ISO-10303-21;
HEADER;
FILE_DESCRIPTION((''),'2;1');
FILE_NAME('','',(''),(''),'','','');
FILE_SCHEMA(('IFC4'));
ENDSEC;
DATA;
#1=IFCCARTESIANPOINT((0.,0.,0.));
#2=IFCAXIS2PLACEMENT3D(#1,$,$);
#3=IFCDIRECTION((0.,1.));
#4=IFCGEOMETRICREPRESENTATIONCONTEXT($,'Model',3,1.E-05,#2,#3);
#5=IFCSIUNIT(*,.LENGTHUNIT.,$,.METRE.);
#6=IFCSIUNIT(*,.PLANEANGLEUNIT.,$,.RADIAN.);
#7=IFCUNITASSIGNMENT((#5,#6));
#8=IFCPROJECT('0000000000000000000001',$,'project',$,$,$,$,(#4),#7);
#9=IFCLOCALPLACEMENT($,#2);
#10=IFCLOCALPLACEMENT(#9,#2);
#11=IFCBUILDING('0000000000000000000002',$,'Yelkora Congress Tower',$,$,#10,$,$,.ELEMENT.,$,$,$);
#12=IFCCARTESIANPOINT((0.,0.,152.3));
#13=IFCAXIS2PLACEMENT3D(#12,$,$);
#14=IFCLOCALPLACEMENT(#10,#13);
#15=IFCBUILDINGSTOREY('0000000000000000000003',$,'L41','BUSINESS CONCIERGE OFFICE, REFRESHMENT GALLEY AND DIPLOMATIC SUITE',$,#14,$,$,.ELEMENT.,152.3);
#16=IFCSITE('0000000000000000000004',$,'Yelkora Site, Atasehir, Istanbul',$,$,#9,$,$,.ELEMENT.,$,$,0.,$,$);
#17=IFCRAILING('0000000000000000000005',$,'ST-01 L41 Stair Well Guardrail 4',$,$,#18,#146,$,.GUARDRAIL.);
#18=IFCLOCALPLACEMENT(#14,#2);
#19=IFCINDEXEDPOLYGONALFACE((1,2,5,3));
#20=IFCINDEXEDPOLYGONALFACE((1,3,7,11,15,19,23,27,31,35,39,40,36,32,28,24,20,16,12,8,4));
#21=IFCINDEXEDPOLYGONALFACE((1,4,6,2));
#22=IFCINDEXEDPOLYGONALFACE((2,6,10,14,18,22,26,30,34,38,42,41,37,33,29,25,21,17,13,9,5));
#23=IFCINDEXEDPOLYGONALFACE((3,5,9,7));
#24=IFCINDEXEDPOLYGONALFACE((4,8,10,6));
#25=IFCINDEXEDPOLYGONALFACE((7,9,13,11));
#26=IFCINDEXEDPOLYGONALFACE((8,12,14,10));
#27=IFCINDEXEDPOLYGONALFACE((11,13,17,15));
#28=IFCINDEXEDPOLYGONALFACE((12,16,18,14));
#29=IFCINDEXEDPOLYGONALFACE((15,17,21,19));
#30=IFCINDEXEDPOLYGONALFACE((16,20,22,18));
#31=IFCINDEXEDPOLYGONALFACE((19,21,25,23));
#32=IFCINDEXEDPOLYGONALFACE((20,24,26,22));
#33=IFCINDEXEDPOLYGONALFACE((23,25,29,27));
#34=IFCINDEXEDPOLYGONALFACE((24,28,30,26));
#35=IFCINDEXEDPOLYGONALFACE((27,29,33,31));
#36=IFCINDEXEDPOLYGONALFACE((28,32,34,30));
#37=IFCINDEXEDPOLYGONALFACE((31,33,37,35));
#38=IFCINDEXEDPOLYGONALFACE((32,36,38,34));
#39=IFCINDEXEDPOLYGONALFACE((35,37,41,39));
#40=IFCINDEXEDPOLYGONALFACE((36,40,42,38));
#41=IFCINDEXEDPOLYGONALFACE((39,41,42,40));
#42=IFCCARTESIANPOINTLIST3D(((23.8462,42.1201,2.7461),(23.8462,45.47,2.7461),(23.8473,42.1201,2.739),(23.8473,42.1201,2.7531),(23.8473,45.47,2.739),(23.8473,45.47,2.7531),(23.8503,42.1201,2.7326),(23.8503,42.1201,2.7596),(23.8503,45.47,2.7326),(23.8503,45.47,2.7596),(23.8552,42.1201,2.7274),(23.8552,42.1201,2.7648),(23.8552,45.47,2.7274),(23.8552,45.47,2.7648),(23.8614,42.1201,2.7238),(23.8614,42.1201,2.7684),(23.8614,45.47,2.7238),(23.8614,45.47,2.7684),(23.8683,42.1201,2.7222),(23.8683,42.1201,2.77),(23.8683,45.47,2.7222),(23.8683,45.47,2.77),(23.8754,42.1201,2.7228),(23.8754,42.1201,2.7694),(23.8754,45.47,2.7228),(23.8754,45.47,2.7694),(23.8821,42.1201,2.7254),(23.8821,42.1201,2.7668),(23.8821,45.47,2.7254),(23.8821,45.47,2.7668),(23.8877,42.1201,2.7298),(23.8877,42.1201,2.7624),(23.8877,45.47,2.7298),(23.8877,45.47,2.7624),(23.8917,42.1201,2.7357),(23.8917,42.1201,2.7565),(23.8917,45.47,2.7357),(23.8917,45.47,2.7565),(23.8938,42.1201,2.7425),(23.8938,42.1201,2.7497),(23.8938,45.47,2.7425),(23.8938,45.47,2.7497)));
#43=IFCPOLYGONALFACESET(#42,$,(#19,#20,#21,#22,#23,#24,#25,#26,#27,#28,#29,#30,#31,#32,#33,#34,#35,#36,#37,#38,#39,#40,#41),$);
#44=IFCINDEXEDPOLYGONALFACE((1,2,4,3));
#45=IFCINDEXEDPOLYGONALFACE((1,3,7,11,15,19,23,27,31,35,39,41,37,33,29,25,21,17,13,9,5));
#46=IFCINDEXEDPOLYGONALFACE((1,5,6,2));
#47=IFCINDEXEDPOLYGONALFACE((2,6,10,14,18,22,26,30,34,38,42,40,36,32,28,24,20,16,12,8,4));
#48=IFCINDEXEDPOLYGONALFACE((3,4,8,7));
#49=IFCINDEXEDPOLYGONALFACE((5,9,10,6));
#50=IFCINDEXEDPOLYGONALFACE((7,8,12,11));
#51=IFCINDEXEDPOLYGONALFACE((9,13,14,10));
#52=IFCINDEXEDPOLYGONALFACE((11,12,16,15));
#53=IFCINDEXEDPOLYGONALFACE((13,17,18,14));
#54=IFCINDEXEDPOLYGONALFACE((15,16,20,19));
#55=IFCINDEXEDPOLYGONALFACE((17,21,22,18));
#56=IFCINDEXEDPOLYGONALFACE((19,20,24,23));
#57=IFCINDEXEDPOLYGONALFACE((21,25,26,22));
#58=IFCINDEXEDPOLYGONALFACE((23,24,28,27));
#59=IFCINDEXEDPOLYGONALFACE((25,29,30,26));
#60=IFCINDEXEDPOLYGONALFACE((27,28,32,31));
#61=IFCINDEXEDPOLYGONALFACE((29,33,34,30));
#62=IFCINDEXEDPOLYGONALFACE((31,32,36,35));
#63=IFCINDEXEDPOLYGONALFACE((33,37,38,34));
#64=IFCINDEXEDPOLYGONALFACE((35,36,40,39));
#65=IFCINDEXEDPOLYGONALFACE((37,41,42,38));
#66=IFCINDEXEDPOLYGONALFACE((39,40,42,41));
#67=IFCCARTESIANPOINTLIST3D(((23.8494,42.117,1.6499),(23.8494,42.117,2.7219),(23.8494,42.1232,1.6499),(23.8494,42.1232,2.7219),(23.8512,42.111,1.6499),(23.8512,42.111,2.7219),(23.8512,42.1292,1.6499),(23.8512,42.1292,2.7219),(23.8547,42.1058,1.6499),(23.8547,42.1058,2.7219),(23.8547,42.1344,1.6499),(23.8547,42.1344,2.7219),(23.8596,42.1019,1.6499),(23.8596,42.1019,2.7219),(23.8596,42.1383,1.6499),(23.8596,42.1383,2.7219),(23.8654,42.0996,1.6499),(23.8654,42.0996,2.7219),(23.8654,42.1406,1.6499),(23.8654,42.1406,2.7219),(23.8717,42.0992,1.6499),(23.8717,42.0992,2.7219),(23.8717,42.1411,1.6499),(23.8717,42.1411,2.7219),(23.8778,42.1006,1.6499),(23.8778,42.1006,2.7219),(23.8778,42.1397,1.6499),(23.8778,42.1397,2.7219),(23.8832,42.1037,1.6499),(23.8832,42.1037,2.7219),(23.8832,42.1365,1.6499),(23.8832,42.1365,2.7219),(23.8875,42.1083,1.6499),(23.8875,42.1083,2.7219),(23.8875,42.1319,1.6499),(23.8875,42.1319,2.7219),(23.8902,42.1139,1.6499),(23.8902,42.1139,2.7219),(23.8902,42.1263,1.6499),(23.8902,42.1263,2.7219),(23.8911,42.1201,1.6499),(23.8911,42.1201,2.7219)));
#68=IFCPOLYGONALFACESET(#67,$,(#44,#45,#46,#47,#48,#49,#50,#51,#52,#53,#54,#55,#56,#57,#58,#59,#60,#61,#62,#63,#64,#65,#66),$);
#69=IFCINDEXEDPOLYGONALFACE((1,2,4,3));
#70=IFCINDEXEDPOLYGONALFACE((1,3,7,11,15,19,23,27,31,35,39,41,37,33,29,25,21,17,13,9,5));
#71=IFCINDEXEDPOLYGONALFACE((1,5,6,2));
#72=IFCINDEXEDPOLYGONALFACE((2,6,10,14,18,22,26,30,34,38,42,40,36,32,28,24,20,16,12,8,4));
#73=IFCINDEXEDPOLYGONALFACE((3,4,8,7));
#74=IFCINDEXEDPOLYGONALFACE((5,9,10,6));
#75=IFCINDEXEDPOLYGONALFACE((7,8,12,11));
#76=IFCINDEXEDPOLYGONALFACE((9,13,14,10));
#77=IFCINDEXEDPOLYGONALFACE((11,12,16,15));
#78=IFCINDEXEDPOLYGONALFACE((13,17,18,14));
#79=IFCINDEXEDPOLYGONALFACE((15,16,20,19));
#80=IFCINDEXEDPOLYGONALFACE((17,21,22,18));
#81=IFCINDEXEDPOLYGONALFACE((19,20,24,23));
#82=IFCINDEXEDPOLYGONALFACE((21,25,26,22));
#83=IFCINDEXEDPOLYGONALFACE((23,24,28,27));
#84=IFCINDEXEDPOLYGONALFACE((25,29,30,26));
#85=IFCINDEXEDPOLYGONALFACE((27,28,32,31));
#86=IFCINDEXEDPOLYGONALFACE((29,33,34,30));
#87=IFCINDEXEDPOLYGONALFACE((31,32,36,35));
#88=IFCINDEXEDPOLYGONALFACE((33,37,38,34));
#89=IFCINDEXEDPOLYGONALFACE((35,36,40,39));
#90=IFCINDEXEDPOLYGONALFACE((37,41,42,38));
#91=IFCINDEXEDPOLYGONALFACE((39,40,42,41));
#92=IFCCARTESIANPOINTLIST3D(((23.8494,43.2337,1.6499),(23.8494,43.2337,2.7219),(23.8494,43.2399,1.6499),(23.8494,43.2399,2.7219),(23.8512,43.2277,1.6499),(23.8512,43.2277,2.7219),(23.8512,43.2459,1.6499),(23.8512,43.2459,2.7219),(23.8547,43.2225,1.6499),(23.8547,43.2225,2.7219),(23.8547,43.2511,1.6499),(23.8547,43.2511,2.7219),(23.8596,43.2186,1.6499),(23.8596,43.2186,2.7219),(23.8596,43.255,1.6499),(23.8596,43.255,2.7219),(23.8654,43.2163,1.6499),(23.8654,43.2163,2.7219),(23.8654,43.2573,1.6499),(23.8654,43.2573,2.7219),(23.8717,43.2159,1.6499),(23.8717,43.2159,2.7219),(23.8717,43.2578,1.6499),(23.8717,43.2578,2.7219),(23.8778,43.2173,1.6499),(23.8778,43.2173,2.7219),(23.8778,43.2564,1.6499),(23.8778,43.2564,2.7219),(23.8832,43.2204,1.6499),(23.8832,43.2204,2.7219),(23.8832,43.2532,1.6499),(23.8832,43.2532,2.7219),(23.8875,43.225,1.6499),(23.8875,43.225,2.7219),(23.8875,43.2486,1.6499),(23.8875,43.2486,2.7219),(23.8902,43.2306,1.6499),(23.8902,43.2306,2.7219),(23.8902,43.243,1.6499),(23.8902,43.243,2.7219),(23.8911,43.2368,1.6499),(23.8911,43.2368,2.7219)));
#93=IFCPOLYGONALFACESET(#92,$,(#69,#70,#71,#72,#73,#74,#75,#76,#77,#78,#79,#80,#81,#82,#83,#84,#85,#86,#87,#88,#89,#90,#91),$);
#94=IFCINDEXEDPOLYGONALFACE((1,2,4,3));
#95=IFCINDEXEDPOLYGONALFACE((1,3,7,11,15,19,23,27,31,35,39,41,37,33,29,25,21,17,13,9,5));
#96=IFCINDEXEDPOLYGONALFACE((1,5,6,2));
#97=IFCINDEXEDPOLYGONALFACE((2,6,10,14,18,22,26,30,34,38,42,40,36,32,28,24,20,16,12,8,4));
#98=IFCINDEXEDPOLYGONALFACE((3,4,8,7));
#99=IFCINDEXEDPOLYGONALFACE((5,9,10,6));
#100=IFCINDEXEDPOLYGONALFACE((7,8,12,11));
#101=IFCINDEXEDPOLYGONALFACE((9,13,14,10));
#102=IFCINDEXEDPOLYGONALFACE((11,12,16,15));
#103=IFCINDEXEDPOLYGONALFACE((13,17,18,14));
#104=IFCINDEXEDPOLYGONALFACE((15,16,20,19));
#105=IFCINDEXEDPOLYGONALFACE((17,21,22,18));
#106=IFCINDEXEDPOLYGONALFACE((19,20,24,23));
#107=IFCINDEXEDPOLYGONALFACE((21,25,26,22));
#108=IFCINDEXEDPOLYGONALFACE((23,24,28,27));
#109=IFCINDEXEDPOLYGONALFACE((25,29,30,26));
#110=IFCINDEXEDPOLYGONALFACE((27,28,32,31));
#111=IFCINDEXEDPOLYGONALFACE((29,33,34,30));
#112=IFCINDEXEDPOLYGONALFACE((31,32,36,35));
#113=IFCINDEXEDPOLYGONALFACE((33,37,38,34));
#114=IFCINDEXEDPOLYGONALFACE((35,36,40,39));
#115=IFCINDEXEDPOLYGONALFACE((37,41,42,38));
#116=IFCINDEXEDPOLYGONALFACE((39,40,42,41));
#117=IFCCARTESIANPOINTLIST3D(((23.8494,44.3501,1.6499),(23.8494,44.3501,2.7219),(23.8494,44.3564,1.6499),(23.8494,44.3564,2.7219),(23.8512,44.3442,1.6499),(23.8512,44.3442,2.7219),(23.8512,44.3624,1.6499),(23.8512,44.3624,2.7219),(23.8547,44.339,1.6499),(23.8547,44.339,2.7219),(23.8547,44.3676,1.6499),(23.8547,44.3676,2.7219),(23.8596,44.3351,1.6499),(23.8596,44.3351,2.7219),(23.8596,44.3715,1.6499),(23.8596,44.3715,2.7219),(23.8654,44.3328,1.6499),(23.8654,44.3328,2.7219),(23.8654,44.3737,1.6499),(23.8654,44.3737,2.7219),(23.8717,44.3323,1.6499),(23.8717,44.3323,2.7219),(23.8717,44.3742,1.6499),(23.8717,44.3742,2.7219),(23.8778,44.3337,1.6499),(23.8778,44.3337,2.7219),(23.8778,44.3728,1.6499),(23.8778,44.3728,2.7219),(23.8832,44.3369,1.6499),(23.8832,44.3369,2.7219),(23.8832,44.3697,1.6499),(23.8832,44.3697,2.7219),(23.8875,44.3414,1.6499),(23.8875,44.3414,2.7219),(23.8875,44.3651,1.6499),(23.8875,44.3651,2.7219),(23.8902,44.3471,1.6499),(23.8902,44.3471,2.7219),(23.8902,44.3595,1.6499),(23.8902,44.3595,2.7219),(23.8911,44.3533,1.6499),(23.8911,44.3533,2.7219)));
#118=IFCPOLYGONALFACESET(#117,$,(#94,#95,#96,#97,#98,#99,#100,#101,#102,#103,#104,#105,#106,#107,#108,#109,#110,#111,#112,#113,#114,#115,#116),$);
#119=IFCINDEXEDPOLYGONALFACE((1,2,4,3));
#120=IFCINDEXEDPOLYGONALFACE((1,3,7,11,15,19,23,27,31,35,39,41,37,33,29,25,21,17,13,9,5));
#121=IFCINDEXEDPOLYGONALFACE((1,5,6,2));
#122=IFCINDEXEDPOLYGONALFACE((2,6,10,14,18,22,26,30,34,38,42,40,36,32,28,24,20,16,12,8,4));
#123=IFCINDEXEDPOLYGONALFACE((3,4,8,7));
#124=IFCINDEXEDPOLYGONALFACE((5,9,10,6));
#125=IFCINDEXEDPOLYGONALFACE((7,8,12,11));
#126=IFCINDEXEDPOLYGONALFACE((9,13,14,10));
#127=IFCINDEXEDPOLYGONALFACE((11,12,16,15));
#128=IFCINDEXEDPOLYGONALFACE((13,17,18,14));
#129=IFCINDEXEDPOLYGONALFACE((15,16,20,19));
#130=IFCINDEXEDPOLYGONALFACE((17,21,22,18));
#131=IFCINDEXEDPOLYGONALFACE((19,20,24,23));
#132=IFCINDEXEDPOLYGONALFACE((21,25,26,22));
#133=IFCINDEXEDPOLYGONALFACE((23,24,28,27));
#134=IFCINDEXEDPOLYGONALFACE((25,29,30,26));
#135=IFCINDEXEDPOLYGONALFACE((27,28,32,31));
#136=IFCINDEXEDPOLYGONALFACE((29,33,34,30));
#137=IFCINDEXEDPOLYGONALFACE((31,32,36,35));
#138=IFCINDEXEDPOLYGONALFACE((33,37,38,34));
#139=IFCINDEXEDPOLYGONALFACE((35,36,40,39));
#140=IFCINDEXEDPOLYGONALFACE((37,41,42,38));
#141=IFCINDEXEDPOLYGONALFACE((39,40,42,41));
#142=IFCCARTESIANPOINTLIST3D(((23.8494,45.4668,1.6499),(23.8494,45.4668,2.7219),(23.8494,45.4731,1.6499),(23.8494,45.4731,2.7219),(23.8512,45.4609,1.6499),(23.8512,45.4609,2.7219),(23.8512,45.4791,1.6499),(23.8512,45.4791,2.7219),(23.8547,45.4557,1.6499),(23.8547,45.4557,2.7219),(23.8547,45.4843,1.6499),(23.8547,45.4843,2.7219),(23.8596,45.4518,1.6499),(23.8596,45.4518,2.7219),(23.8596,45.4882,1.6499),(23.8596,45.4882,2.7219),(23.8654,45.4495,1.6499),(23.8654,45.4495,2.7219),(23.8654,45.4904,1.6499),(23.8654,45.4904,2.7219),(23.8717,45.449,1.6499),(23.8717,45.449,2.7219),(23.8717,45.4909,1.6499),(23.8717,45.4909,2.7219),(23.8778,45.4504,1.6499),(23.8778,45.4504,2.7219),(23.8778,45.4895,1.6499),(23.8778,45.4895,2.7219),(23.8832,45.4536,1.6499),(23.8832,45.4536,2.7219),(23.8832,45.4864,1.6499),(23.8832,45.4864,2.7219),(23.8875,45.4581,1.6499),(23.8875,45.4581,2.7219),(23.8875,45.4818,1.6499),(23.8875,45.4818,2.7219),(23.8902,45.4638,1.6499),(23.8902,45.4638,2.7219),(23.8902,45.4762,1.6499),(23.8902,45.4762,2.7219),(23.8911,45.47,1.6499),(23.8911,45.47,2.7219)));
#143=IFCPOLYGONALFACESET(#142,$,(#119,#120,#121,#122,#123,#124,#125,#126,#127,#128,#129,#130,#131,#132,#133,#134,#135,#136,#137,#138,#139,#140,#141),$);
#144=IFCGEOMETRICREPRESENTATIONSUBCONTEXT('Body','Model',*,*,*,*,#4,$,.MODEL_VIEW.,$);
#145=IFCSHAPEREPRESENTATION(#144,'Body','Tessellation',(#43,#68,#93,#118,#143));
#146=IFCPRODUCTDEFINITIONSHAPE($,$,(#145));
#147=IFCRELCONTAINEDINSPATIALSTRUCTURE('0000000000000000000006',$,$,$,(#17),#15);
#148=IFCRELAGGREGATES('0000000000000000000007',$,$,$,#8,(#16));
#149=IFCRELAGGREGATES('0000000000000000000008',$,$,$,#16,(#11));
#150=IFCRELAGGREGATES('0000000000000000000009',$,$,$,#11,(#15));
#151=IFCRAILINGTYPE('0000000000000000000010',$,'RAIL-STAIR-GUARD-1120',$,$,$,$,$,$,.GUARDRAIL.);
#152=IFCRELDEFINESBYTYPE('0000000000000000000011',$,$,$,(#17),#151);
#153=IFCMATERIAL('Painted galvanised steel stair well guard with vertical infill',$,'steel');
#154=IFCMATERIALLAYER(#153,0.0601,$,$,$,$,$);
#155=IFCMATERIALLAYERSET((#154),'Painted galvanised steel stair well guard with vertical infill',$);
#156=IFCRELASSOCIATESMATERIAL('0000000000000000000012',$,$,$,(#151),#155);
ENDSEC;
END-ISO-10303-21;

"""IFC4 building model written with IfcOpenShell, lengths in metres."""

from ifc_helpers import new_model, si_unit, direction, frame, origin, origin_2d, place, context, subcontext, project, spatial, circle, extrude, material, layer, layer_set, type_object, element, save


model = new_model("IFC4")

# Units and contexts
model_context = context("Model", 3, precision=1e-05, world=origin(), true_north=direction((0.0, 1.0)))
body_context = subcontext(model_context, "Body", "Model", "MODEL_VIEW")
ifc_project = project(units=[si_unit("LENGTHUNIT", "METRE"), si_unit("PLANEANGLEUNIT", "RADIAN")], contexts=[model_context])

# Site, building, storey
site_placement = place(None, origin())
site = spatial("IfcSite", under=ifc_project, at=site_placement, Name="Yelkora Site, Atasehir, Istanbul", CompositionType="ELEMENT", RefElevation=0.0)
building_placement = place(site_placement, origin())
building = spatial("IfcBuilding", under=site, at=building_placement, Name="Yelkora Congress Tower", CompositionType="ELEMENT")
storey_placement = place(building_placement, frame((0.0, 0.0, 152.3)))
storey = spatial("IfcBuildingStorey", under=building, at=storey_placement, Name="L41", Description="BUSINESS CONCIERGE OFFICE, REFRESHMENT GALLEY AND DIPLOMATIC SUITE", CompositionType="ELEMENT", Elevation=152.3)

# Railing
ifc_material_1 = material(Name="Painted galvanised steel stair well guard with vertical infill", Category="steel")
ifc_layer_1 = layer(ifc_material_1, 0.0601)
ifc_layer_set_1 = layer_set([ifc_layer_1], Name="Painted galvanised steel stair well guard with vertical infill")
railing_type_1 = type_object("IfcRailingType", Name="RAIL-STAIR-GUARD-1120", PredefinedType="GUARDRAIL", material=ifc_layer_set_1)
for number, where, name in (
    (1, (23.8701, 42.1201, 1.6499), "ST-01 L41 Stair Well Guardrail 4"),
):
    element("IfcRailing", number, at=place(storey_placement, frame(where)), inside=storey, type_object=railing_type_1, Name=name, PredefinedType="GUARDRAIL", context=body_context, shape_type="SweptSolid", body=[
        extrude(circle(Radius=0.0239, at=origin_2d()), frame((0.0, 0.0, 1.0962), z_axis=(0.0, 1.0, 0.0), x_axis=(-1.0, 0.0, 0.0)), (0.0, 0.0, 1.0), 3.3499),
        extrude(circle(Radius=0.021, at=origin_2d()), origin(), (0.0, 0.0, 1.0), 1.072),
        extrude(circle(Radius=0.021, at=origin_2d()), frame((0.0, 1.1167, 0.0)), (0.0, 0.0, 1.0), 1.072),
        extrude(circle(Radius=0.021, at=origin_2d()), frame((0.0, 2.2332, 0.0)), (0.0, 0.0, 1.0), 1.072),
        extrude(circle(Radius=0.021, at=origin_2d()), frame((0.0, 3.3499, 0.0)), (0.0, 0.0, 1.0), 1.072),
    ])

save(model, "model.ifc")
